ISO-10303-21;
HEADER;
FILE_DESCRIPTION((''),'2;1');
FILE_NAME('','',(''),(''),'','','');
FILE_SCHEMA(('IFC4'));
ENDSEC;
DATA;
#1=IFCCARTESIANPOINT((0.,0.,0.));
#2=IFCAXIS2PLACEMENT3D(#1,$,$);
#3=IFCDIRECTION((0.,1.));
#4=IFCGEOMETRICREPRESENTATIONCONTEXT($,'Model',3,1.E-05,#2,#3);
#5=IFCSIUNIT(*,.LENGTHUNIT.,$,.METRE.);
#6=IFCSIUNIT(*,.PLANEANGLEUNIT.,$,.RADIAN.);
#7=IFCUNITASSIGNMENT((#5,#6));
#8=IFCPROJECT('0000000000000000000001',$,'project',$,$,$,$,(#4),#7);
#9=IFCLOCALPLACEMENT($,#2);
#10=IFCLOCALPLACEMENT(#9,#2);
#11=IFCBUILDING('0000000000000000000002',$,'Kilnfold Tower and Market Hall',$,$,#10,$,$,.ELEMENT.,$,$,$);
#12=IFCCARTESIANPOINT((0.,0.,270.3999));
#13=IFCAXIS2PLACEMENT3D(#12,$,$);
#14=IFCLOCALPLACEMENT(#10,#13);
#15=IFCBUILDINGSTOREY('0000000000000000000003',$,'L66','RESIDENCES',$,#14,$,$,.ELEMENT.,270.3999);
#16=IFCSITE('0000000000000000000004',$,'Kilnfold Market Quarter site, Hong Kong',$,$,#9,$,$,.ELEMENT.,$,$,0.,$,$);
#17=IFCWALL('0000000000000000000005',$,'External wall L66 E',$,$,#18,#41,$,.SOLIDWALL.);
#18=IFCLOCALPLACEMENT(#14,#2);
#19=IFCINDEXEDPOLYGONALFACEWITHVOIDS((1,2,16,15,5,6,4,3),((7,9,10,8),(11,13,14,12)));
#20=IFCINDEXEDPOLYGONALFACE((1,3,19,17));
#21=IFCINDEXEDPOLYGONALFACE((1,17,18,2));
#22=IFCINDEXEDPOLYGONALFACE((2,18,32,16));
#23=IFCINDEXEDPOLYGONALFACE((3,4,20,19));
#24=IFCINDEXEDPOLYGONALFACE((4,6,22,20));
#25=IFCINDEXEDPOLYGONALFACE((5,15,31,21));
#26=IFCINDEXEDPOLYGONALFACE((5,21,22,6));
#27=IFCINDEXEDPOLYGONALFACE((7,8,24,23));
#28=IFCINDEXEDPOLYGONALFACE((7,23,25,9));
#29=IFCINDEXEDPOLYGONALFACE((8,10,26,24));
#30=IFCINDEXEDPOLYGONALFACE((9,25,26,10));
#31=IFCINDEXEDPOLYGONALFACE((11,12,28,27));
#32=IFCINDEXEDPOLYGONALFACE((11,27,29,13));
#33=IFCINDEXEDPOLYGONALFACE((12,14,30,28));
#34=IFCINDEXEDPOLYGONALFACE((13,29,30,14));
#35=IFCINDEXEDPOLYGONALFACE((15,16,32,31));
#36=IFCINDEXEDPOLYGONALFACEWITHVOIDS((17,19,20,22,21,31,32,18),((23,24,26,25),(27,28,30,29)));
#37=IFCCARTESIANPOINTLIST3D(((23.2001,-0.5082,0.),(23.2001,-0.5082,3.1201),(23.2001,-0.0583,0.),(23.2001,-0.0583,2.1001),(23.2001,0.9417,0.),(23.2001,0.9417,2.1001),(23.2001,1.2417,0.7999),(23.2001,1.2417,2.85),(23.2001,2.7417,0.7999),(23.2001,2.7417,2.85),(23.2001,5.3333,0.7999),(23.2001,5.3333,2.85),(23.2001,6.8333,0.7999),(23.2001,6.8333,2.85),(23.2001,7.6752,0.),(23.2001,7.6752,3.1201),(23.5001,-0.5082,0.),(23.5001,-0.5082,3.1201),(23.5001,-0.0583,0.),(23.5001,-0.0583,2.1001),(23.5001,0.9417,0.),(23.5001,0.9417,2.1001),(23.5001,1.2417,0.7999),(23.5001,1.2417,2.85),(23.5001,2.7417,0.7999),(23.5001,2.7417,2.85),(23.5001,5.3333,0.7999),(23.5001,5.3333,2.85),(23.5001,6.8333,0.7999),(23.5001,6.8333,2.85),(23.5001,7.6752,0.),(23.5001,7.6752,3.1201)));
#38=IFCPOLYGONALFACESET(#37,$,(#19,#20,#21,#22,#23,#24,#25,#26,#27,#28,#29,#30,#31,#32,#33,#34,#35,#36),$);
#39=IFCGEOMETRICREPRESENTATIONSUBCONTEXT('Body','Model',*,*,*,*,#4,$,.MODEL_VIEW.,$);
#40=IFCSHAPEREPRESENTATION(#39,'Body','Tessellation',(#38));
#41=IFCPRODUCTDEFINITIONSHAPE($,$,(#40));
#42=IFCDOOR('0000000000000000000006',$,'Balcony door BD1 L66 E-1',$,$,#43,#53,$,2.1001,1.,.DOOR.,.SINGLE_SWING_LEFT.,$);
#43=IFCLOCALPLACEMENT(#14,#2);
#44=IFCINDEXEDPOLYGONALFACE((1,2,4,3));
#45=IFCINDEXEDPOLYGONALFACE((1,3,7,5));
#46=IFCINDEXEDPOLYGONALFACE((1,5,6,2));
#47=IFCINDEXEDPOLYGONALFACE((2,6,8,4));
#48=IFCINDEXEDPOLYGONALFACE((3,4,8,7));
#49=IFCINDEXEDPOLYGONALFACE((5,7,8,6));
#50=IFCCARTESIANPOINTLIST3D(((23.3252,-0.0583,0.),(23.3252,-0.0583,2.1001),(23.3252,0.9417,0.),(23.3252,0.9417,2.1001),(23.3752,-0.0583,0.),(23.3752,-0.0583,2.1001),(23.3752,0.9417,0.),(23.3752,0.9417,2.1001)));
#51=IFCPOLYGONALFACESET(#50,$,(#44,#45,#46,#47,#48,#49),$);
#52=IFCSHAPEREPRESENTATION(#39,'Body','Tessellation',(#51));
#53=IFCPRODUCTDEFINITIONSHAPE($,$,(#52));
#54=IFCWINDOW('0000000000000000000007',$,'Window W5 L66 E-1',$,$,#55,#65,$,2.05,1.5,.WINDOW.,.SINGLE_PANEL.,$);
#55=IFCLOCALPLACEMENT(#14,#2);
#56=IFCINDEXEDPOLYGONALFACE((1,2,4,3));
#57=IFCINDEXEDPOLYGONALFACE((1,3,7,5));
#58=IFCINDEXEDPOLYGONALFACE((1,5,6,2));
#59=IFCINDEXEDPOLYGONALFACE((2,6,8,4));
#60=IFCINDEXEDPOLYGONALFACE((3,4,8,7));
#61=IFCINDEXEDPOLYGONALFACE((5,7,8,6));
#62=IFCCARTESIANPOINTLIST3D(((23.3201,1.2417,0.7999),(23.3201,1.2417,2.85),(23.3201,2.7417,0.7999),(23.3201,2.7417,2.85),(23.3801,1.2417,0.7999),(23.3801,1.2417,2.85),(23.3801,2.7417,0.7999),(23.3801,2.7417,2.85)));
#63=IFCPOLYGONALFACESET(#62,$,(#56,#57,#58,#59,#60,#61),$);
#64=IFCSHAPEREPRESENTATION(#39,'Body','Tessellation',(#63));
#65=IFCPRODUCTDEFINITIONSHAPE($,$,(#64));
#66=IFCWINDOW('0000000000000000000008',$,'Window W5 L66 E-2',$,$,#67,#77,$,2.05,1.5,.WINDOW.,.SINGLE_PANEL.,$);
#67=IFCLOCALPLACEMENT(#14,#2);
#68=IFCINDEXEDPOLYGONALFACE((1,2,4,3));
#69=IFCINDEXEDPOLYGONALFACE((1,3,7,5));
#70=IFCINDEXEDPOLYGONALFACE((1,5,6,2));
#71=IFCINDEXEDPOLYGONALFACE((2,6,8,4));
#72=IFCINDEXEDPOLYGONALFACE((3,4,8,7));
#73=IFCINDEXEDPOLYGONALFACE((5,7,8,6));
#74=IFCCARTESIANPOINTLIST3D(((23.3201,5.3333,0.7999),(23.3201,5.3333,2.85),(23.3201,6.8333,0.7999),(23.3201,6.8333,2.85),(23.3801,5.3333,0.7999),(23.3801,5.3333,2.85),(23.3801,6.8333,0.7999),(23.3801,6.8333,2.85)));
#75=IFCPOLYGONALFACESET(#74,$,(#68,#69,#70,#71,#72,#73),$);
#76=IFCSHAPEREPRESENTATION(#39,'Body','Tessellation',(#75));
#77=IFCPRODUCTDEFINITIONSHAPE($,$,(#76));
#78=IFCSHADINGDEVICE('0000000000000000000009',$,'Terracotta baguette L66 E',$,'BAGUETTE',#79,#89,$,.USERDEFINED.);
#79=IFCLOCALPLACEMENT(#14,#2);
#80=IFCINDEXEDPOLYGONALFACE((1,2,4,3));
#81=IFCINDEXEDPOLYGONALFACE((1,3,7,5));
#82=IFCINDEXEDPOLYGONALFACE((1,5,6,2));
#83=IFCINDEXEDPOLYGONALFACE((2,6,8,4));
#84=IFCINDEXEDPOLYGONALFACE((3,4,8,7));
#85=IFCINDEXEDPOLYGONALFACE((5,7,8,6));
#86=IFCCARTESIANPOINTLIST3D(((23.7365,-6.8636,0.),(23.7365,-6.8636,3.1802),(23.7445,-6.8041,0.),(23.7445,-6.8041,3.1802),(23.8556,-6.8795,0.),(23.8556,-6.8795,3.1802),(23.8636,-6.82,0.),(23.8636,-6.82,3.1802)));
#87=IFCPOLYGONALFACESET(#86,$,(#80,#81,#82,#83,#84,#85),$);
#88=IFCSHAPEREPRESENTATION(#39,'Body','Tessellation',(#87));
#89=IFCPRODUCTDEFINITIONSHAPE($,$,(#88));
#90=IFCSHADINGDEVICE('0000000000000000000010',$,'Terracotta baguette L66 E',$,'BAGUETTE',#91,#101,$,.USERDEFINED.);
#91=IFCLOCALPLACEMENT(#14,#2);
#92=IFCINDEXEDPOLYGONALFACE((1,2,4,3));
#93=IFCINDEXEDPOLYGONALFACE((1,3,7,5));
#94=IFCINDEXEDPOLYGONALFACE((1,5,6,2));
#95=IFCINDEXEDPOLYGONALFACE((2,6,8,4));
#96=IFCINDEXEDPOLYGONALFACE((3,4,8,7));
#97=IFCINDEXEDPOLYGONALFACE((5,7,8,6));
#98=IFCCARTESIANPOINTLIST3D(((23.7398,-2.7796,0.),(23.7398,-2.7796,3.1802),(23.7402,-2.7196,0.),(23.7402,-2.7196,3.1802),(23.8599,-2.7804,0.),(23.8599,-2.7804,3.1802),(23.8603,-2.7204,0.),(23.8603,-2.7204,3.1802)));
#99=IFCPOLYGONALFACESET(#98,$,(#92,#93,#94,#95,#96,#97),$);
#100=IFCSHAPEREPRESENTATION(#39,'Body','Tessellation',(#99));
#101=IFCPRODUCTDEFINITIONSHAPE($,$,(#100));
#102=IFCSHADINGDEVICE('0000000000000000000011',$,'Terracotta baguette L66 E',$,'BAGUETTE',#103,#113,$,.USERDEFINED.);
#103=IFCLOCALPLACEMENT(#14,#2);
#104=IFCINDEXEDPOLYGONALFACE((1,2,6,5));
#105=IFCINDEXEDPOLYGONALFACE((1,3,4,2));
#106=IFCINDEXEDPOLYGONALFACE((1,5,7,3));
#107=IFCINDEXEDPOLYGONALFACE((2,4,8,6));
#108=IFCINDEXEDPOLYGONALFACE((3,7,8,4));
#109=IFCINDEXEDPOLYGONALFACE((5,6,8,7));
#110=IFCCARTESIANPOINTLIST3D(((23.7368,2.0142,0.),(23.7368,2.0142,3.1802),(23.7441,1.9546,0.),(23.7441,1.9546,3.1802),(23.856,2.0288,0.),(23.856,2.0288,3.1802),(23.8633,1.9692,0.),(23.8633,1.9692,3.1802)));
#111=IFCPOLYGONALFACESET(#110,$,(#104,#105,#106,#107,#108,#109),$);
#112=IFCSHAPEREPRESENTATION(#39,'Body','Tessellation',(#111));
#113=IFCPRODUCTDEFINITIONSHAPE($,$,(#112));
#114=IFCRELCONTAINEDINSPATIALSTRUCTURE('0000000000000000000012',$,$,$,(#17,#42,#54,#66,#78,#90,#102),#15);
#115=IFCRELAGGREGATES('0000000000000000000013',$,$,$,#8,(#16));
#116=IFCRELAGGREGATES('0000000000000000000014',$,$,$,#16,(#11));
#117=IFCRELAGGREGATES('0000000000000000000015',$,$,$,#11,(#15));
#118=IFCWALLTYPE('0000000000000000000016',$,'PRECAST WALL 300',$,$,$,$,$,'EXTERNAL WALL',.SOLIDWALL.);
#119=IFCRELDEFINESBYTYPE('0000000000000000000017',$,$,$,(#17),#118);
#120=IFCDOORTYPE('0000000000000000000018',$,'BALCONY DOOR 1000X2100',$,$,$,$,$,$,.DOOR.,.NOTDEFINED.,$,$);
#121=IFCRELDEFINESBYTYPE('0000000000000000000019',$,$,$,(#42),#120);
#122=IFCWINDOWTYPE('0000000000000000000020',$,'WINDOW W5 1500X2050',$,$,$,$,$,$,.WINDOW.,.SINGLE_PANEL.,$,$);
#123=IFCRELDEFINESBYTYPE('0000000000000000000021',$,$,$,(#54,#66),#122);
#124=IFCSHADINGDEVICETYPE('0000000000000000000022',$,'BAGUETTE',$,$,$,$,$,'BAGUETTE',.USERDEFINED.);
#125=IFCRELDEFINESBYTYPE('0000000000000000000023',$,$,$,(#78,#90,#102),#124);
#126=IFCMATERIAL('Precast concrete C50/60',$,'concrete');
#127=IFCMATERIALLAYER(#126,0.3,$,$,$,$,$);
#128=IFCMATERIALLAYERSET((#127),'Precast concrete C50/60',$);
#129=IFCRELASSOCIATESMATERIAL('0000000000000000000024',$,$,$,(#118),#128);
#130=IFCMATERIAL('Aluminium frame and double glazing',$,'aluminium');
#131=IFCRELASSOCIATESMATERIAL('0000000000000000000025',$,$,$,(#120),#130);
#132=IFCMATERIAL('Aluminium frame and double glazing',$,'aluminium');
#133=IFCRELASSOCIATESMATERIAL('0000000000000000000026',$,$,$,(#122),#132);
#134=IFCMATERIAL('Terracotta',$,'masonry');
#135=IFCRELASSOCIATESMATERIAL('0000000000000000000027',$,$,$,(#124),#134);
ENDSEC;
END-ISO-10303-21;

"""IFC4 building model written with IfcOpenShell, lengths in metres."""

from ifc_helpers import new_model, si_unit, direction, frame, frame_2d, origin, origin_2d, place, context, subcontext, project, spatial, rectangle, extrude, source, transform, mapped, material, layer, layer_set, material_profile, profile_set, type_object, element, fill, save


model = new_model("IFC4")

# Units and contexts
model_context = context("Model", 3, precision=1e-05, world=origin(), true_north=direction((0.0, 1.0)))
body_context = subcontext(model_context, "Body", "Model", "MODEL_VIEW")
ifc_project = project(units=[si_unit("LENGTHUNIT", "METRE"), si_unit("PLANEANGLEUNIT", "RADIAN")], contexts=[model_context])

# Site, building, storey
site_placement = place(None, origin())
site = spatial("IfcSite", under=ifc_project, at=site_placement, Name="Kilnfold Market Quarter site, Hong Kong", CompositionType="ELEMENT", RefElevation=0.0)
building_placement = place(site_placement, origin())
building = spatial("IfcBuilding", under=site, at=building_placement, Name="Kilnfold Tower and Market Hall", CompositionType="ELEMENT")
storey_placement = place(building_placement, frame((0.0, 0.0, 270.3999)))
storey = spatial("IfcBuildingStorey", under=building, at=storey_placement, Name="L66", Description="RESIDENCES", CompositionType="ELEMENT", Elevation=270.3999)

# Shared definitions
ifc_material_1 = material(Name="Precast concrete C50/60", Category="concrete")
ifc_layer_1 = layer(ifc_material_1, 0.3)
ifc_layer_set_1 = layer_set([ifc_layer_1], Name="Precast concrete C50/60")
wall_type_1 = type_object("IfcWallType", Name="PRECAST WALL 300", ElementType="EXTERNAL WALL", PredefinedType="SOLIDWALL", material=ifc_layer_set_1)
ifc_material_2 = material(Name="Aluminium frame and double glazing", Category="aluminium")
door_type_1 = type_object("IfcDoorType", Name="BALCONY DOOR 1000X2100", OperationType="NOTDEFINED", PredefinedType="DOOR", material=ifc_material_2)
ifc_material_3 = material(Name="Aluminium frame and double glazing", Category="aluminium")
window_type = type_object("IfcWindowType", Name="WINDOW W5 1500X2050", PartitioningType="SINGLE_PANEL", PredefinedType="WINDOW", material=ifc_material_3)

# Wall, openings, door, windows
shared_shape_1 = source(origin(), body_context, "Body", "SweptSolid", [
    extrude(rectangle(XDim=8.1833, YDim=0.3, at=frame_2d((4.0918, 0.0))), origin(), (0.0, 0.0, 1.0), 3.1201),
])
wall_1_placement = place(storey_placement, frame((23.3501, -0.5083, 0.0), z_axis=(0.0, 0.0, 1.0), x_axis=(0.0, 1.0, 0.0)))
wall_1 = element("IfcWall", 1, at=wall_1_placement, inside=storey, type_object=wall_type_1, Name="External wall L66 E", PredefinedType="SOLIDWALL", context=body_context, shape_type="MappedRepresentation", body=[
    mapped(shared_shape_1, transform((0.0, 0.0, 0.0))),
])
opening_1_placement = place(wall_1_placement, frame((1.75, 0.0, 0.8)))
opening_1 = element("IfcOpeningElement", 2, at=opening_1_placement, cuts=wall_1, PredefinedType="OPENING", context=body_context, shape_type="SweptSolid", body=[
    extrude(rectangle(XDim=1.5, YDim=2.05, at=frame_2d((0.75, 1.0249))), frame((0.0, 0.1602, 0.0), z_axis=(0.0, -1.0, 0.0), x_axis=(1.0, 0.0, 0.0)), (0.0, 0.0, 1.0), 0.3201),
])
opening_2_placement = place(wall_1_placement, frame((0.45, 0.0, 0.0)))
opening_2 = element("IfcOpeningElement", 3, at=opening_2_placement, cuts=wall_1, PredefinedType="OPENING", context=body_context, shape_type="SweptSolid", body=[
    extrude(rectangle(XDim=1.0, YDim=2.1001, at=frame_2d((0.5, 1.05))), frame((0.0, 0.1602, 0.0), z_axis=(0.0, -1.0, 0.0), x_axis=(1.0, 0.0, 0.0)), (0.0, 0.0, 1.0), 0.3201),
])
opening_3_placement = place(wall_1_placement, frame((5.8416, 0.0, 0.8)))
opening_3 = element("IfcOpeningElement", 4, at=opening_3_placement, cuts=wall_1, PredefinedType="OPENING", context=body_context, shape_type="SweptSolid", body=[
    extrude(rectangle(XDim=1.5, YDim=2.05, at=frame_2d((0.75, 1.0249))), frame((0.0, 0.1602, 0.0), z_axis=(0.0, -1.0, 0.0), x_axis=(1.0, 0.0, 0.0)), (0.0, 0.0, 1.0), 0.3201),
])
door_1_placement = place(opening_2_placement, origin())
door_1 = element("IfcDoor", 5, at=door_1_placement, inside=storey, type_object=door_type_1, Name="Balcony door BD1 L66 E-1", OperationType="SINGLE_SWING_LEFT", OverallHeight=2.1001, OverallWidth=1.0, PredefinedType="DOOR", context=body_context, shape_type="SweptSolid", body=[
    extrude(rectangle(XDim=1.0, YDim=2.1001, at=frame_2d((0.5, 1.05))), frame((0.0, 0.0249, 0.0), z_axis=(0.0, -1.0, 0.0), x_axis=(1.0, 0.0, 0.0)), (0.0, 0.0, 1.0), 0.05),
])
fill(opening_2, door_1)
window_1_placement = place(opening_1_placement, origin())
window_1 = element("IfcWindow", 6, at=window_1_placement, inside=storey, type_object=window_type, Name="Window W5 L66 E-1", OverallHeight=2.05, OverallWidth=1.5, PartitioningType="SINGLE_PANEL", PredefinedType="WINDOW", context=body_context, shape_type="SweptSolid", body=[
    extrude(rectangle(XDim=1.5, YDim=2.05, at=frame_2d((0.75, 1.0249))), frame((0.0, 0.03, 0.0), z_axis=(0.0, -1.0, 0.0), x_axis=(1.0, 0.0, 0.0)), (0.0, 0.0, 1.0), 0.0601),
])
fill(opening_1, window_1)
window_2_placement = place(opening_3_placement, origin())
window_2 = element("IfcWindow", 7, at=window_2_placement, inside=storey, type_object=window_type, Name="Window W5 L66 E-2", OverallHeight=2.05, OverallWidth=1.5, PartitioningType="SINGLE_PANEL", PredefinedType="WINDOW", context=body_context, shape_type="SweptSolid", body=[
    extrude(rectangle(XDim=1.5, YDim=2.05, at=frame_2d((0.75, 1.0249))), frame((0.0, 0.03, 0.0), z_axis=(0.0, -1.0, 0.0), x_axis=(1.0, 0.0, 0.0)), (0.0, 0.0, 1.0), 0.0601),
])
fill(opening_3, window_2)

# Shading devices
ifc_material_4 = material(Name="Terracotta", Category="masonry")
ifc_material_profile_1 = material_profile(ifc_material_4, rectangle(XDim=0.0601, YDim=0.1201, at=origin_2d()), Name="BAG 60x120")
ifc_profile_set_1 = profile_set([ifc_material_profile_1], Name="Terracotta")
shading_device_type = type_object("IfcShadingDeviceType", Name="BAGUETTE", ElementType="BAGUETTE", PredefinedType="USERDEFINED", material=ifc_profile_set_1)
shared_shape_2 = source(origin(), body_context, "Body", "SweptSolid", [
    extrude(rectangle(XDim=0.0601, YDim=0.1201, at=origin_2d()), origin(), (0.0, 0.0, 1.0), 3.1802),
])
for number, where, z_axis, x_axis, name in (
    (8, (23.8, -6.8418, 0.0), (0.0, 0.0, 1.0), (0.13248, 0.991186, 0.0), "Terracotta baguette L66 E"),
    (9, (23.8, -2.75, 0.0), (0.0, 0.0, 1.0), (0.006531, 0.999979, 0.0), "Terracotta baguette L66 E"),
    (10, (23.8, 1.9917, 0.0), (0.0, 0.0, 1.0), (-0.121525, 0.992588, 0.0), "Terracotta baguette L66 E"),
):
    element("IfcShadingDevice", number, at=place(storey_placement, frame(where, z_axis=z_axis, x_axis=x_axis)), inside=storey, type_object=shading_device_type, Name=name, ObjectType="BAGUETTE", PredefinedType="USERDEFINED", context=body_context, shape_type="MappedRepresentation", body=[
        mapped(shared_shape_2, transform((0.0, 0.0, 0.0))),
    ])

save(model, "model.ifc")
